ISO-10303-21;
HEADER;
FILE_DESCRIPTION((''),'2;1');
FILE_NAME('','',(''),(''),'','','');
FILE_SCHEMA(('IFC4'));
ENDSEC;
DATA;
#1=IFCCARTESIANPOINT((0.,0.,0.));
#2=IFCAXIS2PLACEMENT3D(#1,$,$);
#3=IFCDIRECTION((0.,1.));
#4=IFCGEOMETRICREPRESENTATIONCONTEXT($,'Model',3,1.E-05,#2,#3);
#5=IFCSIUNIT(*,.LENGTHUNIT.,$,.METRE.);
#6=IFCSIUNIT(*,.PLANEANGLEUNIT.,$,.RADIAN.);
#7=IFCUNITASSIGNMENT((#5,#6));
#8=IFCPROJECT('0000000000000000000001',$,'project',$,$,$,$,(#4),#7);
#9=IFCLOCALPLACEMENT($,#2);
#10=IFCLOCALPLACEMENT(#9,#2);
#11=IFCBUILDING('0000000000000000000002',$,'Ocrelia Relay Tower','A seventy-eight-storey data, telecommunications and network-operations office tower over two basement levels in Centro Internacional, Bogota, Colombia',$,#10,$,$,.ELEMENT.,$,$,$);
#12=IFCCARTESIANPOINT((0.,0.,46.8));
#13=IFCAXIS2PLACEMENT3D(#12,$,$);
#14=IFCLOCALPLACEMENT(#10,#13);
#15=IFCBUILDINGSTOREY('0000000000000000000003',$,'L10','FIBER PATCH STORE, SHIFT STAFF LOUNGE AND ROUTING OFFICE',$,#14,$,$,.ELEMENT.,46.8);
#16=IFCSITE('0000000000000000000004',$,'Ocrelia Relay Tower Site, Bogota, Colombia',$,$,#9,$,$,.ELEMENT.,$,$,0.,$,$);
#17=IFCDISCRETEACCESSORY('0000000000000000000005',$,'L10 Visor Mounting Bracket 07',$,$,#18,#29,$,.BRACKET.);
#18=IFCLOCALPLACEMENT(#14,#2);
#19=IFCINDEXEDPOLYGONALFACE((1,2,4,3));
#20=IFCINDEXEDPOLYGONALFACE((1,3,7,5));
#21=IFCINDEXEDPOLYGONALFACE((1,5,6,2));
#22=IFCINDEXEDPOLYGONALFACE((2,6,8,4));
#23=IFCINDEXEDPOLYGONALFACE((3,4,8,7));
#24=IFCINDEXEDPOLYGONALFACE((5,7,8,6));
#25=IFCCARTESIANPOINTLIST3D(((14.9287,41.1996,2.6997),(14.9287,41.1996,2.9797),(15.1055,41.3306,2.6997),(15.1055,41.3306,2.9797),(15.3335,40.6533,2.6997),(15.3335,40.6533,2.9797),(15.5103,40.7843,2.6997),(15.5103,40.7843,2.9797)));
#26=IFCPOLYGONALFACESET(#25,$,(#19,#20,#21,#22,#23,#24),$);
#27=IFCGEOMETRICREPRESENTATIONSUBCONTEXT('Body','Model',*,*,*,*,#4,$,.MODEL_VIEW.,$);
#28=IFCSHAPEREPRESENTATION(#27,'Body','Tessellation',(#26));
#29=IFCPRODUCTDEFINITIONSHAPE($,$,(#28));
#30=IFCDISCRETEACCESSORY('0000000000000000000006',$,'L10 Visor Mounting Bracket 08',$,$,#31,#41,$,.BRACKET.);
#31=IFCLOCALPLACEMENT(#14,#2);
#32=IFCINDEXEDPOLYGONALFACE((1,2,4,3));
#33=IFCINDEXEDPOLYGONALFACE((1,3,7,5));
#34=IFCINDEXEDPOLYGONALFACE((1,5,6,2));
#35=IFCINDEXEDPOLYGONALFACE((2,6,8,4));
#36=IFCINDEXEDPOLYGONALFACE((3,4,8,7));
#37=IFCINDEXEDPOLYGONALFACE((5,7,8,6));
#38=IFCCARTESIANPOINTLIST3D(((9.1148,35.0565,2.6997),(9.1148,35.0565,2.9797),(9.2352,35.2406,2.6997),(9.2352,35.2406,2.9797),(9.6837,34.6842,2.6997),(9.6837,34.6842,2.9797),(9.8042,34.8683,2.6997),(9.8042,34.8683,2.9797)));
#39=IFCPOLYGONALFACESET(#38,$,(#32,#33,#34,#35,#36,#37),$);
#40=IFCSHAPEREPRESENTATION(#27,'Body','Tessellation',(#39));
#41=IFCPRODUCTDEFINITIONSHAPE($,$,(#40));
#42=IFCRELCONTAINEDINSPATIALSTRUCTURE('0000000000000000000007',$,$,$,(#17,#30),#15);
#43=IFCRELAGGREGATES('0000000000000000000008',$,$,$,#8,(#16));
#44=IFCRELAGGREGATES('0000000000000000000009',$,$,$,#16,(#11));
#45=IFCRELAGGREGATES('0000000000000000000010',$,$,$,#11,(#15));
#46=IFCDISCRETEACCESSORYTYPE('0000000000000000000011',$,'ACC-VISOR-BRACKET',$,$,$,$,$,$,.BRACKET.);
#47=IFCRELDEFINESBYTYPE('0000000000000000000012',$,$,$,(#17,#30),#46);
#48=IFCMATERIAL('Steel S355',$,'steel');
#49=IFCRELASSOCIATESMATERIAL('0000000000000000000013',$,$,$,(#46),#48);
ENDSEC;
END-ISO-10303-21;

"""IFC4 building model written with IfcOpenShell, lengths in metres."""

from ifc_helpers import new_model, si_unit, direction, frame, origin, origin_2d, place, context, subcontext, project, spatial, rectangle, extrude, material, type_object, element, save


model = new_model("IFC4")

# Units and contexts
model_context = context("Model", 3, precision=1e-05, world=origin(), true_north=direction((0.0, 1.0)))
body_context = subcontext(model_context, "Body", "Model", "MODEL_VIEW")
ifc_project = project(units=[si_unit("LENGTHUNIT", "METRE"), si_unit("PLANEANGLEUNIT", "RADIAN")], contexts=[model_context])

# Site, building, storey
site_placement = place(None, origin())
site = spatial("IfcSite", under=ifc_project, at=site_placement, Name="Ocrelia Relay Tower Site, Bogota, Colombia", CompositionType="ELEMENT", RefElevation=0.0)
building_placement = place(site_placement, origin())
building = spatial("IfcBuilding", under=site, at=building_placement, Name="Ocrelia Relay Tower", Description="A seventy-eight-storey data, telecommunications and network-operations office tower over two basement levels in Centro Internacional, Bogota, Colombia", CompositionType="ELEMENT")
storey_placement = place(building_placement, frame((0.0, 0.0, 46.8)))
storey = spatial("IfcBuildingStorey", under=building, at=storey_placement, Name="L10", Description="FIBER PATCH STORE, SHIFT STAFF LOUNGE AND ROUTING OFFICE", CompositionType="ELEMENT", Elevation=46.8)

# Shared definitions
ifc_material_1 = material(Name="Steel S355", Category="steel")

# Discrete accessories
discrete_accessory_type = type_object("IfcDiscreteAccessoryType", Name="ACC-VISOR-BRACKET", PredefinedType="BRACKET", material=ifc_material_1)
for number, where, z_axis, x_axis, name in (
    (1, (15.2195, 40.9919, 2.6997), (0.0, 0.0, 1.0), (-0.803467, -0.59535, 0.0), "L10 Visor Mounting Bracket 07"),
    (2, (9.4595, 34.9624, 2.6997), (0.0, 0.0, 1.0), (-0.547551, -0.836772, 0.0), "L10 Visor Mounting Bracket 08"),
):
    element("IfcDiscreteAccessory", number, at=place(storey_placement, frame(where, z_axis=z_axis, x_axis=x_axis)), inside=storey, type_object=discrete_accessory_type, Name=name, PredefinedType="BRACKET", context=body_context, shape_type="SweptSolid", body=[
        extrude(rectangle(XDim=0.22, YDim=0.6799, at=origin_2d()), origin(), (0.0, 0.0, 1.0), 0.28),
    ])

save(model, "model.ifc")
